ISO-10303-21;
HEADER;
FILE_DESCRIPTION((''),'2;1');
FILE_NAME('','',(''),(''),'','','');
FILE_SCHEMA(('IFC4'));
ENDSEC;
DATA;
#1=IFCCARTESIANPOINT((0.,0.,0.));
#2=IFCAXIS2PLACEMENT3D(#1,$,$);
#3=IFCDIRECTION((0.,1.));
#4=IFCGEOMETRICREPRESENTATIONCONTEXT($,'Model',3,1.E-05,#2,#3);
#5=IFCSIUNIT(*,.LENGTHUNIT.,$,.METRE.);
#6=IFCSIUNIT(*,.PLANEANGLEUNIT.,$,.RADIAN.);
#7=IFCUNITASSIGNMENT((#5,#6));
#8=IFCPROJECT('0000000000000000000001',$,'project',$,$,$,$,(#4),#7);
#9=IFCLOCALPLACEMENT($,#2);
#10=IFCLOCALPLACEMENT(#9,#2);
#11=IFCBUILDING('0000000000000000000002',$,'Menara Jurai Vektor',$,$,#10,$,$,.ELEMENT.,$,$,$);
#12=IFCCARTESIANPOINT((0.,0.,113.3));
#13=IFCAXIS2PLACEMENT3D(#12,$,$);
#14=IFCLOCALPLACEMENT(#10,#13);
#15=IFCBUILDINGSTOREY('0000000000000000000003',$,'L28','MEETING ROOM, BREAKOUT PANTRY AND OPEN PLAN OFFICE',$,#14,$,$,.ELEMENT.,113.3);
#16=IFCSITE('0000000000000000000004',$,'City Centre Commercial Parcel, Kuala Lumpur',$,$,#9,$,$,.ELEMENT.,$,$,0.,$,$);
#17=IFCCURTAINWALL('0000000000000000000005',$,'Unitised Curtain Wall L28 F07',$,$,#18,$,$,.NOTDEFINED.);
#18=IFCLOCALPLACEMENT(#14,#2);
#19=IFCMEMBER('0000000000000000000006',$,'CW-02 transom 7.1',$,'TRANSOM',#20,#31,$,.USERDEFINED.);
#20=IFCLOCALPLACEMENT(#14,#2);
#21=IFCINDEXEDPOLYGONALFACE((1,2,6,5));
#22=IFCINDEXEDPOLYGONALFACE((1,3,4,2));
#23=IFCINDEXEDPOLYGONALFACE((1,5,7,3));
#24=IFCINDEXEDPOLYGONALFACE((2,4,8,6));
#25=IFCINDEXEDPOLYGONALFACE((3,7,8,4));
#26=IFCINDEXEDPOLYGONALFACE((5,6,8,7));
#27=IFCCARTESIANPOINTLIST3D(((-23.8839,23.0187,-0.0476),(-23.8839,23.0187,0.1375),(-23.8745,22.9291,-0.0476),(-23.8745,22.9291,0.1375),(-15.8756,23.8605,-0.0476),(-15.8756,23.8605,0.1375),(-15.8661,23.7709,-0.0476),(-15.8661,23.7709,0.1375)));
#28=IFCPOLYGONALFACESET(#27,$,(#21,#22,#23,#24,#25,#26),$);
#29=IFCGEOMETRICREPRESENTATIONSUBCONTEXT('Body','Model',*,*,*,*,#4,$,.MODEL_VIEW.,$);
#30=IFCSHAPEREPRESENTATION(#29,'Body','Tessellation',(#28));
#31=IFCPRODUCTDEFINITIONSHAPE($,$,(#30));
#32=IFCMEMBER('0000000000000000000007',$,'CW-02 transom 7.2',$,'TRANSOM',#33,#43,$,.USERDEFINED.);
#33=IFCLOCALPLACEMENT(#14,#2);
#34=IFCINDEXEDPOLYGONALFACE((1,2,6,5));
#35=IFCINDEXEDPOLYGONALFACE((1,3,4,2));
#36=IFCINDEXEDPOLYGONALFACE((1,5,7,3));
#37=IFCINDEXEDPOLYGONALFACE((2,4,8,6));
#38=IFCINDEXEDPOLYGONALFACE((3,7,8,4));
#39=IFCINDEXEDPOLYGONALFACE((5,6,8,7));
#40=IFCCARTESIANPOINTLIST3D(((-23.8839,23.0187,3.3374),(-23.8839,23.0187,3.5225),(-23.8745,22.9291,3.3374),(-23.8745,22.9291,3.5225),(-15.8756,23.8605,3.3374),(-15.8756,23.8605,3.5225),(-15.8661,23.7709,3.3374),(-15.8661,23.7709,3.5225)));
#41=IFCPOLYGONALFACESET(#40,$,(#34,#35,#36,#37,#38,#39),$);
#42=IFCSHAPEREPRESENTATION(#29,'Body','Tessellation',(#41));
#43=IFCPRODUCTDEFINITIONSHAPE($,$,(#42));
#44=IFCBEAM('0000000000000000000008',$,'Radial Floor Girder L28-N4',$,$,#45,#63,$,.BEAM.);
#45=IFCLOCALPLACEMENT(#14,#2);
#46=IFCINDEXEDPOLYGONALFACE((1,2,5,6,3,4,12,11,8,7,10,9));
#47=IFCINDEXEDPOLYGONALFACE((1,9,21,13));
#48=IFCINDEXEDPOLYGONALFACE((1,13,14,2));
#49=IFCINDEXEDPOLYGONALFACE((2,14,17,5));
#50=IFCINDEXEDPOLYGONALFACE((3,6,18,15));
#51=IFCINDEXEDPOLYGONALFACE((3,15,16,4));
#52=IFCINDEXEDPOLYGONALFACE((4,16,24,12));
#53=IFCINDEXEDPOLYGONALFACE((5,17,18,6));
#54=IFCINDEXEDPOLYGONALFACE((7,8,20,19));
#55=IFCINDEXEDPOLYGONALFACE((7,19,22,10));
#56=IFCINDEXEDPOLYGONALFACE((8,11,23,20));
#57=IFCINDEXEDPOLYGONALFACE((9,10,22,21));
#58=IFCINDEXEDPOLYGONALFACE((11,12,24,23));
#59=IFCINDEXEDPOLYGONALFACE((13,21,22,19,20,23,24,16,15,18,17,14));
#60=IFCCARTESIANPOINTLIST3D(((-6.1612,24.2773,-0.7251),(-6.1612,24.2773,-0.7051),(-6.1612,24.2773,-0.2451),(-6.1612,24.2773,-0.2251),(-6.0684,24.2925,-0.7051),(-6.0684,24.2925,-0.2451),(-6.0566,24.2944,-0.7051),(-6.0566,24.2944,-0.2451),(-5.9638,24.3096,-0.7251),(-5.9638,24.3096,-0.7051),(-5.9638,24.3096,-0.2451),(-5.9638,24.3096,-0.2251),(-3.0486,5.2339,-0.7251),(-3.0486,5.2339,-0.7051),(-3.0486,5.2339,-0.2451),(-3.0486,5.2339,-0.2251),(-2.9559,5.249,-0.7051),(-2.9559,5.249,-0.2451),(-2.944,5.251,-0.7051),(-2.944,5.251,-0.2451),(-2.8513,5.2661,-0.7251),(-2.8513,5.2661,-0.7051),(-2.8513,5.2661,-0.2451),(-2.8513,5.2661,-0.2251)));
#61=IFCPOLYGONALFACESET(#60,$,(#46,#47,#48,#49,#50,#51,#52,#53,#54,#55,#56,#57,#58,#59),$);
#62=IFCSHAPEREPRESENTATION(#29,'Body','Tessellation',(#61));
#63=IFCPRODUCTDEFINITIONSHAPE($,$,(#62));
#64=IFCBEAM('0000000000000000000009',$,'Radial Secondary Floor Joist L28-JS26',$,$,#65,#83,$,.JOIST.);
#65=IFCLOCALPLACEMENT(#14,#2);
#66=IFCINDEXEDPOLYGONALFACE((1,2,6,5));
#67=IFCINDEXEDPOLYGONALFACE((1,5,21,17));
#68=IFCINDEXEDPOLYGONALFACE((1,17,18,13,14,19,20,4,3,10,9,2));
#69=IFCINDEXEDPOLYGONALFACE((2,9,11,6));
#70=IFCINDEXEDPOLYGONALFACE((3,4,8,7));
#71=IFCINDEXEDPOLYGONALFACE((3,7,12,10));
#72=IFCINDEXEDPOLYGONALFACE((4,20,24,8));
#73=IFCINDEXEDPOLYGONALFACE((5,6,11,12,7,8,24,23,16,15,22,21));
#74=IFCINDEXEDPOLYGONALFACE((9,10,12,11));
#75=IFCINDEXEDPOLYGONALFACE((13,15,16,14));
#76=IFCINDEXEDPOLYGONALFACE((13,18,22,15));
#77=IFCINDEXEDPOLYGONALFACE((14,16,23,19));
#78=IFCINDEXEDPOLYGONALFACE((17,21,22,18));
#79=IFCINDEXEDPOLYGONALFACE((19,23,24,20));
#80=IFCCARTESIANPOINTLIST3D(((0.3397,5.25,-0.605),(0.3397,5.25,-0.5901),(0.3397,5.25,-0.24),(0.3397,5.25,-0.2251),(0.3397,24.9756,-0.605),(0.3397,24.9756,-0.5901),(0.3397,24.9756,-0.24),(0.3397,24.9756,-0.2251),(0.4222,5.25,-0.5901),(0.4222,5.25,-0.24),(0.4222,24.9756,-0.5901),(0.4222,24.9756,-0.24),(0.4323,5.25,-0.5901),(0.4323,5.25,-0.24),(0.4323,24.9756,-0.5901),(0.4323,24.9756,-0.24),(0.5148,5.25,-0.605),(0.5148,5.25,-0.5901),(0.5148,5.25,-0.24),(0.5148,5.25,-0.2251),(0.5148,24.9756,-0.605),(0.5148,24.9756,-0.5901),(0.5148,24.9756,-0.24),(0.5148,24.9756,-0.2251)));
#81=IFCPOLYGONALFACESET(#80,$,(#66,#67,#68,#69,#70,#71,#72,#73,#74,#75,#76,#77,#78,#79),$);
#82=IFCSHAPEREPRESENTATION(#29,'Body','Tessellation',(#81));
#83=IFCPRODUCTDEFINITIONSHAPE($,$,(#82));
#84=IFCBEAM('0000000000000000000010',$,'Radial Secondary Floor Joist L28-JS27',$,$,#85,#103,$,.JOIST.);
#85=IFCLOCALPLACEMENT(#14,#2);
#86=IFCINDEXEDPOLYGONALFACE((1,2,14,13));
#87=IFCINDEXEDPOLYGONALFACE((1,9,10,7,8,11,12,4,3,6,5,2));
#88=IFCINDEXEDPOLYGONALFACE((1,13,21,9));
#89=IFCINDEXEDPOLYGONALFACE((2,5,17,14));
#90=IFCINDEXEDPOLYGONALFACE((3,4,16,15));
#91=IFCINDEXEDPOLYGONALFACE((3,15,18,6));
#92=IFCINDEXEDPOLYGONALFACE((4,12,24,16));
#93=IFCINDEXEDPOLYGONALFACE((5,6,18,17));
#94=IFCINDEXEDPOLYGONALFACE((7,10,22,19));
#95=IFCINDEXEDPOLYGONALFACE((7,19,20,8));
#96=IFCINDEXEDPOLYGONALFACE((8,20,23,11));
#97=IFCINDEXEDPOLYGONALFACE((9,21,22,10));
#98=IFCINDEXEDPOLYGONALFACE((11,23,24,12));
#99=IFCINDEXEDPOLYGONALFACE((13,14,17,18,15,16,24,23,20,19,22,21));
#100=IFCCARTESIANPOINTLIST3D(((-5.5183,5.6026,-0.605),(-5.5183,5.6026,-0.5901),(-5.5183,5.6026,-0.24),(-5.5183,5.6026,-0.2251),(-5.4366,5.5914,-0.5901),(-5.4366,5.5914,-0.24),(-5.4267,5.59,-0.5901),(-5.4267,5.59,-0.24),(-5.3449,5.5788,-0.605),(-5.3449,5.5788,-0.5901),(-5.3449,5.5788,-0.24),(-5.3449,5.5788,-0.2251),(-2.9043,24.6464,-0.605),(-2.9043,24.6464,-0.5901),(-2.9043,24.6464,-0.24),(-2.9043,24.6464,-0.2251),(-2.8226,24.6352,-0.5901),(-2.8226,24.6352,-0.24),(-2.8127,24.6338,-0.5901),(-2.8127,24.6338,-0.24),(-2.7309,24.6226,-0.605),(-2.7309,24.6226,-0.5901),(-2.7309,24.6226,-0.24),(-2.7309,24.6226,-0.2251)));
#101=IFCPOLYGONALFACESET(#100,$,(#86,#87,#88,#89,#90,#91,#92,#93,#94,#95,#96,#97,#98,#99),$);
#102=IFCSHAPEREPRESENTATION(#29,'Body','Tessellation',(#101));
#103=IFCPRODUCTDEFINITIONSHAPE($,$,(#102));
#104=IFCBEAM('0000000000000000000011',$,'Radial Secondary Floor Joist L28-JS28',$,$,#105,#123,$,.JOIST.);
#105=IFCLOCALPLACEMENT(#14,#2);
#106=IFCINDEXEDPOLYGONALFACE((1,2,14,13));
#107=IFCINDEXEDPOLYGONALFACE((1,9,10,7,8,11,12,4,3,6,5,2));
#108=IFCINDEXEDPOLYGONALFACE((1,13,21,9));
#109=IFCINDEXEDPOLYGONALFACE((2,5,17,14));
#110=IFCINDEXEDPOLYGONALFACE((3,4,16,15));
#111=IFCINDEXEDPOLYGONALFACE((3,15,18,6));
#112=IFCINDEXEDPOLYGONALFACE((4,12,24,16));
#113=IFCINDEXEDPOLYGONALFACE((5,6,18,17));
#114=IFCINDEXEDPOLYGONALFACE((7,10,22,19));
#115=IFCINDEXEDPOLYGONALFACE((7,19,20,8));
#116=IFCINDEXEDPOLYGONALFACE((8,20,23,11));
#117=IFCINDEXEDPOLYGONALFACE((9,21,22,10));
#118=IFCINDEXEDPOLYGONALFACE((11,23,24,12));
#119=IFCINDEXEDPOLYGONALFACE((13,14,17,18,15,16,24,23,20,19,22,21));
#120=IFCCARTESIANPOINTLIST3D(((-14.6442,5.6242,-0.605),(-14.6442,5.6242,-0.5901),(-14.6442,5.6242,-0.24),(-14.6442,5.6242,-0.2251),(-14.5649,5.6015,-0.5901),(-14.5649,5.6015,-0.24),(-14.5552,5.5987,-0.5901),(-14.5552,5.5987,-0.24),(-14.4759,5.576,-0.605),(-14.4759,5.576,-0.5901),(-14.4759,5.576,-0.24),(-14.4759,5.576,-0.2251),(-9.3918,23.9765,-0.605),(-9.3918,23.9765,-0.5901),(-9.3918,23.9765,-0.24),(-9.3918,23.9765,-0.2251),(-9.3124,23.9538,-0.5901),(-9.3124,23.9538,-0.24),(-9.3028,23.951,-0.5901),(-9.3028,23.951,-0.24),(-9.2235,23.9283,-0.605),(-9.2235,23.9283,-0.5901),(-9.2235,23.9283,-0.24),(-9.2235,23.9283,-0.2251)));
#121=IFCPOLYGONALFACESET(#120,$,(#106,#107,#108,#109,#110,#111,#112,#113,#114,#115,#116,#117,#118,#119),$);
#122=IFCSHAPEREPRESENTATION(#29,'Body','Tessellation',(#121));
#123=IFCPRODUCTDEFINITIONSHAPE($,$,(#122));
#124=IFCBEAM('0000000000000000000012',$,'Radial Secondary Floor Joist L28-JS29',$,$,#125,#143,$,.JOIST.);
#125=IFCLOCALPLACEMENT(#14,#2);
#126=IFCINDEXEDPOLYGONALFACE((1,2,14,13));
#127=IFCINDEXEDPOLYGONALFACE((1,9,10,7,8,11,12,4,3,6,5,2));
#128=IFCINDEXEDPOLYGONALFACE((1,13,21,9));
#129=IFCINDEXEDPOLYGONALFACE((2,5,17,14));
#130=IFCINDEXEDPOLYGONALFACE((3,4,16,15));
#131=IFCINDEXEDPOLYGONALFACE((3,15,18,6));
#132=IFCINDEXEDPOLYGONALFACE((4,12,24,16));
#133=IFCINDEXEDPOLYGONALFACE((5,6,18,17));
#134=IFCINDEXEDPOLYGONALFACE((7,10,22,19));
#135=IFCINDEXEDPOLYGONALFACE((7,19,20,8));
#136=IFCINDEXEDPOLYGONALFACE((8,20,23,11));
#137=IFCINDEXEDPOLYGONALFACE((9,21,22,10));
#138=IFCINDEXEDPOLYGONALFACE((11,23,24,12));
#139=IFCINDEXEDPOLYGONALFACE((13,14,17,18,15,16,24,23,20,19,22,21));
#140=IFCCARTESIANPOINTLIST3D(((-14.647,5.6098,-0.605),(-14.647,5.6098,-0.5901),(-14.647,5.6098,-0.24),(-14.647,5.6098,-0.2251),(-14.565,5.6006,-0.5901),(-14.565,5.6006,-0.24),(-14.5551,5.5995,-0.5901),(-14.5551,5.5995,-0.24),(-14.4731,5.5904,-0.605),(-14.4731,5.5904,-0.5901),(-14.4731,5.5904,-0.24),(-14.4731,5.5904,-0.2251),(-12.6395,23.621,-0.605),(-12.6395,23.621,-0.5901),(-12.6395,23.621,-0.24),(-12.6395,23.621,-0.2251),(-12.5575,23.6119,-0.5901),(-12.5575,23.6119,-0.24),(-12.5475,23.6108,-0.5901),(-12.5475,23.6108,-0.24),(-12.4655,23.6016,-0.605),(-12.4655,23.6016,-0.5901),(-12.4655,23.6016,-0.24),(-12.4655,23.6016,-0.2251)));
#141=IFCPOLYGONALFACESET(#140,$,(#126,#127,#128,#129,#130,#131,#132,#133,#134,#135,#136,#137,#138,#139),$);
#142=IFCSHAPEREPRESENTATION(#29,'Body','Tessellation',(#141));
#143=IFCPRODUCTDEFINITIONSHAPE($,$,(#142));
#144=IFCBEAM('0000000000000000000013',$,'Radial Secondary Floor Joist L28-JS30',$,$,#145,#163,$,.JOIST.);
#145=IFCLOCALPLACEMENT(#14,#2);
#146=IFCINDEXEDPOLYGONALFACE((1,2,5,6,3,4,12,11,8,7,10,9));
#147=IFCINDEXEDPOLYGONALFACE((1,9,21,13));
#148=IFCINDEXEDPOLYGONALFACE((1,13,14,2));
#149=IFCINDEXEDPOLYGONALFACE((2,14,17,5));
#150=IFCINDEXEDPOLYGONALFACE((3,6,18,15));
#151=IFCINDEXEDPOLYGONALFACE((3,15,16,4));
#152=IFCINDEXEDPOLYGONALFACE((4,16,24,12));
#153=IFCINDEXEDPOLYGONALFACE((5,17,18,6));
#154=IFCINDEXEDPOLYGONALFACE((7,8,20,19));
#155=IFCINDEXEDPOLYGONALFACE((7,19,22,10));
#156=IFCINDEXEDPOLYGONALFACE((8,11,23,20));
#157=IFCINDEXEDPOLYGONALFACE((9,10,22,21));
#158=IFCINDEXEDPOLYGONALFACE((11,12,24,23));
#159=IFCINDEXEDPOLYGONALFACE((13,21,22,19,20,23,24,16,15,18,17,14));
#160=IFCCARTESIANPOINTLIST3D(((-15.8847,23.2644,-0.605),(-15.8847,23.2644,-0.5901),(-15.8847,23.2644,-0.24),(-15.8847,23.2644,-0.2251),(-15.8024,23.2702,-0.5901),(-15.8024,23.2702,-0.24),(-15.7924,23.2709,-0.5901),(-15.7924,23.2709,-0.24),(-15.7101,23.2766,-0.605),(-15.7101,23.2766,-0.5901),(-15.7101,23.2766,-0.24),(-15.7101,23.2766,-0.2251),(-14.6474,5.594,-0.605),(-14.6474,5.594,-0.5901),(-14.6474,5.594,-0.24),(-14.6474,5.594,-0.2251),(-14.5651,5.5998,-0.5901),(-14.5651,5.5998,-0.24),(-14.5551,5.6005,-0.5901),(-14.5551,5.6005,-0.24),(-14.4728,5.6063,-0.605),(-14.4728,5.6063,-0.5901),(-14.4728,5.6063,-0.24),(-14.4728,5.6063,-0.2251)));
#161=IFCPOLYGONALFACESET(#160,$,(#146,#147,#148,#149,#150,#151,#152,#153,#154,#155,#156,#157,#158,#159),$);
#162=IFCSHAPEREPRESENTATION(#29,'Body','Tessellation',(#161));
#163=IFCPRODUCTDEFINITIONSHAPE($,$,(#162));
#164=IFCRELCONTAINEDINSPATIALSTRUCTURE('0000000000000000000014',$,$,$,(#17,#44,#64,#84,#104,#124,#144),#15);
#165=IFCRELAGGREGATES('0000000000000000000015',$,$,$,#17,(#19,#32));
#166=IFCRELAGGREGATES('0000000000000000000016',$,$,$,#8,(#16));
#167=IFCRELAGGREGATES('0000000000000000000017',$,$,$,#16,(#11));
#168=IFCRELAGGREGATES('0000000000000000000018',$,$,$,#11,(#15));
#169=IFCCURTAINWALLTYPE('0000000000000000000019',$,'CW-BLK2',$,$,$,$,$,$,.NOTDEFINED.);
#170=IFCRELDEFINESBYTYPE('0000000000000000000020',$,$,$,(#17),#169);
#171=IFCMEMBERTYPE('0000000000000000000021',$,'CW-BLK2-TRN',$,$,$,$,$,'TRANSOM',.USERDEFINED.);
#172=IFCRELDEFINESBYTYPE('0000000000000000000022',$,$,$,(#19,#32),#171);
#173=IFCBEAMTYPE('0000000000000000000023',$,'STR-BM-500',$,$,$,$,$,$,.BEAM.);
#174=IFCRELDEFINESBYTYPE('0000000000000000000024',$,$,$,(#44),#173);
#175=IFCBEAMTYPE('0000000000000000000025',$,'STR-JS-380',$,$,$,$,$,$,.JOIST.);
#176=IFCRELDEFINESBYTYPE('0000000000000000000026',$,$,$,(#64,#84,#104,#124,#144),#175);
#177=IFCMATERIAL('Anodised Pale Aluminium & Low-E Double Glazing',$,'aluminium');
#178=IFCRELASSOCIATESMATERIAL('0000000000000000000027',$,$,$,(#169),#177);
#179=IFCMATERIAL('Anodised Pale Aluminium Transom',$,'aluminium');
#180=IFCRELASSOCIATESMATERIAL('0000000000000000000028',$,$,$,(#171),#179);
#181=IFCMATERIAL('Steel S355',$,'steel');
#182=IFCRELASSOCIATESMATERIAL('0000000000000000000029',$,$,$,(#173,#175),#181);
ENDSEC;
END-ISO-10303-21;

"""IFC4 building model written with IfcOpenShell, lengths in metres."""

from ifc_helpers import new_model, si_unit, direction, frame, origin, origin_2d, place, context, subcontext, project, spatial, rectangle, i_section, extrude, material, material_profile, profile_set, type_object, element, aggregate, save


model = new_model("IFC4")

# Units and contexts
model_context = context("Model", 3, precision=1e-05, world=origin(), true_north=direction((0.0, 1.0)))
body_context = subcontext(model_context, "Body", "Model", "MODEL_VIEW")
ifc_project = project(units=[si_unit("LENGTHUNIT", "METRE"), si_unit("PLANEANGLEUNIT", "RADIAN")], contexts=[model_context])

# Site, building, storey
site_placement = place(None, origin())
site = spatial("IfcSite", under=ifc_project, at=site_placement, Name="City Centre Commercial Parcel, Kuala Lumpur", CompositionType="ELEMENT", RefElevation=0.0)
building_placement = place(site_placement, origin())
building = spatial("IfcBuilding", under=site, at=building_placement, Name="Menara Jurai Vektor", CompositionType="ELEMENT")
storey_placement = place(building_placement, frame((0.0, 0.0, 113.3)))
storey = spatial("IfcBuildingStorey", under=building, at=storey_placement, Name="L28", Description="MEETING ROOM, BREAKOUT PANTRY AND OPEN PLAN OFFICE", CompositionType="ELEMENT", Elevation=113.3)

# Curtain wall, members
ifc_material_1 = material(Name="Anodised Pale Aluminium & Low-E Double Glazing", Category="aluminium")
curtain_wall_type = type_object("IfcCurtainWallType", Name="CW-BLK2", PredefinedType="NOTDEFINED", material=ifc_material_1)
curtain_wall_placement = place(storey_placement, origin())
curtain_wall = element("IfcCurtainWall", 1, at=curtain_wall_placement, inside=storey, type_object=curtain_wall_type, Name="Unitised Curtain Wall L28 F07", PredefinedType="NOTDEFINED")
ifc_material_2 = material(Name="Anodised Pale Aluminium Transom", Category="aluminium")
ifc_material_profile_1 = material_profile(ifc_material_2, rectangle(XDim=0.0901, YDim=0.1851, at=origin_2d()), Name="ALU TRN 90x185")
ifc_profile_set_1 = profile_set([ifc_material_profile_1], Name="Anodised Pale Aluminium Transom")
member_type_1 = type_object("IfcMemberType", Name="CW-BLK2-TRN", ElementType="TRANSOM", PredefinedType="USERDEFINED", material=ifc_profile_set_1)
member_1_placement = place(storey_placement, frame((-15.8708, 23.8157, 0.0449), z_axis=(-0.994521, -0.10454, 0.0), x_axis=(0.10454, -0.994521, 0.0)))
member_1 = element("IfcMember", 2, at=member_1_placement, type_object=member_type_1, Name="CW-02 transom 7.1", ObjectType="TRANSOM", PredefinedType="USERDEFINED", context=body_context, shape_type="SweptSolid", body=[
    extrude(rectangle(XDim=0.0901, YDim=0.1851, at=origin_2d()), origin(), (0.0, 0.0, 1.0), 8.0525),
])
member_2_placement = place(storey_placement, frame((-15.8708, 23.8157, 3.4299), z_axis=(-0.994521, -0.10454, 0.0), x_axis=(0.10454, -0.994521, 0.0)))
member_2 = element("IfcMember", 3, at=member_2_placement, type_object=member_type_1, Name="CW-02 transom 7.2", ObjectType="TRANSOM", PredefinedType="USERDEFINED", context=body_context, shape_type="SweptSolid", body=[
    extrude(rectangle(XDim=0.0901, YDim=0.1851, at=origin_2d()), origin(), (0.0, 0.0, 1.0), 8.0525),
])

# Beams
ifc_material_3 = material(Name="Steel S355", Category="steel")
ifc_material_profile_2 = material_profile(ifc_material_3, i_section(OverallWidth=0.2, OverallDepth=0.5, WebThickness=0.012, FlangeThickness=0.02, at=origin_2d()), Name="PG 500x200x96")
ifc_profile_set_2 = profile_set([ifc_material_profile_2], Name="Steel S355")
beam_type_1 = type_object("IfcBeamType", Name="STR-BM-500", PredefinedType="BEAM", material=ifc_profile_set_2)
beam_1_placement = place(storey_placement, frame((-6.0625, 24.2935, -0.4751), z_axis=(0.161304, -0.986905, 0.0), x_axis=(0.986905, 0.161304, 0.0)))
element("IfcBeam", 4, at=beam_1_placement, inside=storey, type_object=beam_type_1, Name="Radial Floor Girder L28-N4", PredefinedType="BEAM", context=body_context, shape_type="SweptSolid", body=[
    extrude(i_section(OverallWidth=0.2, OverallDepth=0.5, WebThickness=0.012, FlangeThickness=0.02, at=origin_2d()), origin(), (0.0, 0.0, 1.0), 19.2961),
])
ifc_material_profile_3 = material_profile(ifc_material_3, i_section(OverallWidth=0.175, OverallDepth=0.3799, WebThickness=0.01, FlangeThickness=0.0149, at=origin_2d()), Name="PG 380x175x58")
ifc_profile_set_3 = profile_set([ifc_material_profile_3], Name="Steel S355")
beam_type_2 = type_object("IfcBeamType", Name="STR-JS-380", PredefinedType="JOIST", material=ifc_profile_set_3)
beam_2_placement = place(storey_placement, frame((0.4272, 24.9756, -0.415), z_axis=(0.0, -1.0, 0.0), x_axis=(1.0, 0.0, 0.0)))
element("IfcBeam", 5, at=beam_2_placement, inside=storey, type_object=beam_type_2, Name="Radial Secondary Floor Joist L28-JS26", PredefinedType="JOIST", context=body_context, shape_type="SweptSolid", body=[
    extrude(i_section(OverallWidth=0.175, OverallDepth=0.3799, WebThickness=0.01, FlangeThickness=0.0149, at=origin_2d()), origin(), (0.0, 0.0, 1.0), 19.7256),
])
beam_3_placement = place(storey_placement, frame((-2.8176, 24.6345, -0.415), z_axis=(-0.135987, -0.990711, 0.0), x_axis=(0.990711, -0.135987, 0.0)))
element("IfcBeam", 6, at=beam_3_placement, inside=storey, type_object=beam_type_2, Name="Radial Secondary Floor Joist L28-JS27", PredefinedType="JOIST", context=body_context, shape_type="SweptSolid", body=[
    extrude(i_section(OverallWidth=0.175, OverallDepth=0.3799, WebThickness=0.01, FlangeThickness=0.0149, at=origin_2d()), origin(), (0.0, 0.0, 1.0), 19.2224),
])
beam_4_placement = place(storey_placement, frame((-9.3076, 23.9524, -0.415), z_axis=(-0.275154, -0.9614, 0.0), x_axis=(0.9614, -0.275154, 0.0)))
element("IfcBeam", 7, at=beam_4_placement, inside=storey, type_object=beam_type_2, Name="Radial Secondary Floor Joist L28-JS28", PredefinedType="JOIST", context=body_context, shape_type="SweptSolid", body=[
    extrude(i_section(OverallWidth=0.175, OverallDepth=0.3799, WebThickness=0.01, FlangeThickness=0.0149, at=origin_2d()), origin(), (0.0, 0.0, 1.0), 19.0891),
])
beam_5_placement = place(storey_placement, frame((-12.5525, 23.6113, -0.415), z_axis=(-0.110776, -0.993845, 0.0), x_axis=(0.993845, -0.110776, 0.0)))
element("IfcBeam", 8, at=beam_5_placement, inside=storey, type_object=beam_type_2, Name="Radial Secondary Floor Joist L28-JS29", PredefinedType="JOIST", context=body_context, shape_type="SweptSolid", body=[
    extrude(i_section(OverallWidth=0.175, OverallDepth=0.3799, WebThickness=0.01, FlangeThickness=0.0149, at=origin_2d()), origin(), (0.0, 0.0, 1.0), 18.1228),
])
beam_6_placement = place(storey_placement, frame((-15.7974, 23.2705, -0.415), z_axis=(0.06985, -0.997557, 0.0), x_axis=(0.997557, 0.06985, 0.0)))
element("IfcBeam", 9, at=beam_6_placement, inside=storey, type_object=beam_type_2, Name="Radial Secondary Floor Joist L28-JS30", PredefinedType="JOIST", context=body_context, shape_type="SweptSolid", body=[
    extrude(i_section(OverallWidth=0.175, OverallDepth=0.3799, WebThickness=0.01, FlangeThickness=0.0149, at=origin_2d()), origin(), (0.0, 0.0, 1.0), 17.7136),
])

aggregate(curtain_wall, [member_1, member_2])

save(model, "model.ifc")
